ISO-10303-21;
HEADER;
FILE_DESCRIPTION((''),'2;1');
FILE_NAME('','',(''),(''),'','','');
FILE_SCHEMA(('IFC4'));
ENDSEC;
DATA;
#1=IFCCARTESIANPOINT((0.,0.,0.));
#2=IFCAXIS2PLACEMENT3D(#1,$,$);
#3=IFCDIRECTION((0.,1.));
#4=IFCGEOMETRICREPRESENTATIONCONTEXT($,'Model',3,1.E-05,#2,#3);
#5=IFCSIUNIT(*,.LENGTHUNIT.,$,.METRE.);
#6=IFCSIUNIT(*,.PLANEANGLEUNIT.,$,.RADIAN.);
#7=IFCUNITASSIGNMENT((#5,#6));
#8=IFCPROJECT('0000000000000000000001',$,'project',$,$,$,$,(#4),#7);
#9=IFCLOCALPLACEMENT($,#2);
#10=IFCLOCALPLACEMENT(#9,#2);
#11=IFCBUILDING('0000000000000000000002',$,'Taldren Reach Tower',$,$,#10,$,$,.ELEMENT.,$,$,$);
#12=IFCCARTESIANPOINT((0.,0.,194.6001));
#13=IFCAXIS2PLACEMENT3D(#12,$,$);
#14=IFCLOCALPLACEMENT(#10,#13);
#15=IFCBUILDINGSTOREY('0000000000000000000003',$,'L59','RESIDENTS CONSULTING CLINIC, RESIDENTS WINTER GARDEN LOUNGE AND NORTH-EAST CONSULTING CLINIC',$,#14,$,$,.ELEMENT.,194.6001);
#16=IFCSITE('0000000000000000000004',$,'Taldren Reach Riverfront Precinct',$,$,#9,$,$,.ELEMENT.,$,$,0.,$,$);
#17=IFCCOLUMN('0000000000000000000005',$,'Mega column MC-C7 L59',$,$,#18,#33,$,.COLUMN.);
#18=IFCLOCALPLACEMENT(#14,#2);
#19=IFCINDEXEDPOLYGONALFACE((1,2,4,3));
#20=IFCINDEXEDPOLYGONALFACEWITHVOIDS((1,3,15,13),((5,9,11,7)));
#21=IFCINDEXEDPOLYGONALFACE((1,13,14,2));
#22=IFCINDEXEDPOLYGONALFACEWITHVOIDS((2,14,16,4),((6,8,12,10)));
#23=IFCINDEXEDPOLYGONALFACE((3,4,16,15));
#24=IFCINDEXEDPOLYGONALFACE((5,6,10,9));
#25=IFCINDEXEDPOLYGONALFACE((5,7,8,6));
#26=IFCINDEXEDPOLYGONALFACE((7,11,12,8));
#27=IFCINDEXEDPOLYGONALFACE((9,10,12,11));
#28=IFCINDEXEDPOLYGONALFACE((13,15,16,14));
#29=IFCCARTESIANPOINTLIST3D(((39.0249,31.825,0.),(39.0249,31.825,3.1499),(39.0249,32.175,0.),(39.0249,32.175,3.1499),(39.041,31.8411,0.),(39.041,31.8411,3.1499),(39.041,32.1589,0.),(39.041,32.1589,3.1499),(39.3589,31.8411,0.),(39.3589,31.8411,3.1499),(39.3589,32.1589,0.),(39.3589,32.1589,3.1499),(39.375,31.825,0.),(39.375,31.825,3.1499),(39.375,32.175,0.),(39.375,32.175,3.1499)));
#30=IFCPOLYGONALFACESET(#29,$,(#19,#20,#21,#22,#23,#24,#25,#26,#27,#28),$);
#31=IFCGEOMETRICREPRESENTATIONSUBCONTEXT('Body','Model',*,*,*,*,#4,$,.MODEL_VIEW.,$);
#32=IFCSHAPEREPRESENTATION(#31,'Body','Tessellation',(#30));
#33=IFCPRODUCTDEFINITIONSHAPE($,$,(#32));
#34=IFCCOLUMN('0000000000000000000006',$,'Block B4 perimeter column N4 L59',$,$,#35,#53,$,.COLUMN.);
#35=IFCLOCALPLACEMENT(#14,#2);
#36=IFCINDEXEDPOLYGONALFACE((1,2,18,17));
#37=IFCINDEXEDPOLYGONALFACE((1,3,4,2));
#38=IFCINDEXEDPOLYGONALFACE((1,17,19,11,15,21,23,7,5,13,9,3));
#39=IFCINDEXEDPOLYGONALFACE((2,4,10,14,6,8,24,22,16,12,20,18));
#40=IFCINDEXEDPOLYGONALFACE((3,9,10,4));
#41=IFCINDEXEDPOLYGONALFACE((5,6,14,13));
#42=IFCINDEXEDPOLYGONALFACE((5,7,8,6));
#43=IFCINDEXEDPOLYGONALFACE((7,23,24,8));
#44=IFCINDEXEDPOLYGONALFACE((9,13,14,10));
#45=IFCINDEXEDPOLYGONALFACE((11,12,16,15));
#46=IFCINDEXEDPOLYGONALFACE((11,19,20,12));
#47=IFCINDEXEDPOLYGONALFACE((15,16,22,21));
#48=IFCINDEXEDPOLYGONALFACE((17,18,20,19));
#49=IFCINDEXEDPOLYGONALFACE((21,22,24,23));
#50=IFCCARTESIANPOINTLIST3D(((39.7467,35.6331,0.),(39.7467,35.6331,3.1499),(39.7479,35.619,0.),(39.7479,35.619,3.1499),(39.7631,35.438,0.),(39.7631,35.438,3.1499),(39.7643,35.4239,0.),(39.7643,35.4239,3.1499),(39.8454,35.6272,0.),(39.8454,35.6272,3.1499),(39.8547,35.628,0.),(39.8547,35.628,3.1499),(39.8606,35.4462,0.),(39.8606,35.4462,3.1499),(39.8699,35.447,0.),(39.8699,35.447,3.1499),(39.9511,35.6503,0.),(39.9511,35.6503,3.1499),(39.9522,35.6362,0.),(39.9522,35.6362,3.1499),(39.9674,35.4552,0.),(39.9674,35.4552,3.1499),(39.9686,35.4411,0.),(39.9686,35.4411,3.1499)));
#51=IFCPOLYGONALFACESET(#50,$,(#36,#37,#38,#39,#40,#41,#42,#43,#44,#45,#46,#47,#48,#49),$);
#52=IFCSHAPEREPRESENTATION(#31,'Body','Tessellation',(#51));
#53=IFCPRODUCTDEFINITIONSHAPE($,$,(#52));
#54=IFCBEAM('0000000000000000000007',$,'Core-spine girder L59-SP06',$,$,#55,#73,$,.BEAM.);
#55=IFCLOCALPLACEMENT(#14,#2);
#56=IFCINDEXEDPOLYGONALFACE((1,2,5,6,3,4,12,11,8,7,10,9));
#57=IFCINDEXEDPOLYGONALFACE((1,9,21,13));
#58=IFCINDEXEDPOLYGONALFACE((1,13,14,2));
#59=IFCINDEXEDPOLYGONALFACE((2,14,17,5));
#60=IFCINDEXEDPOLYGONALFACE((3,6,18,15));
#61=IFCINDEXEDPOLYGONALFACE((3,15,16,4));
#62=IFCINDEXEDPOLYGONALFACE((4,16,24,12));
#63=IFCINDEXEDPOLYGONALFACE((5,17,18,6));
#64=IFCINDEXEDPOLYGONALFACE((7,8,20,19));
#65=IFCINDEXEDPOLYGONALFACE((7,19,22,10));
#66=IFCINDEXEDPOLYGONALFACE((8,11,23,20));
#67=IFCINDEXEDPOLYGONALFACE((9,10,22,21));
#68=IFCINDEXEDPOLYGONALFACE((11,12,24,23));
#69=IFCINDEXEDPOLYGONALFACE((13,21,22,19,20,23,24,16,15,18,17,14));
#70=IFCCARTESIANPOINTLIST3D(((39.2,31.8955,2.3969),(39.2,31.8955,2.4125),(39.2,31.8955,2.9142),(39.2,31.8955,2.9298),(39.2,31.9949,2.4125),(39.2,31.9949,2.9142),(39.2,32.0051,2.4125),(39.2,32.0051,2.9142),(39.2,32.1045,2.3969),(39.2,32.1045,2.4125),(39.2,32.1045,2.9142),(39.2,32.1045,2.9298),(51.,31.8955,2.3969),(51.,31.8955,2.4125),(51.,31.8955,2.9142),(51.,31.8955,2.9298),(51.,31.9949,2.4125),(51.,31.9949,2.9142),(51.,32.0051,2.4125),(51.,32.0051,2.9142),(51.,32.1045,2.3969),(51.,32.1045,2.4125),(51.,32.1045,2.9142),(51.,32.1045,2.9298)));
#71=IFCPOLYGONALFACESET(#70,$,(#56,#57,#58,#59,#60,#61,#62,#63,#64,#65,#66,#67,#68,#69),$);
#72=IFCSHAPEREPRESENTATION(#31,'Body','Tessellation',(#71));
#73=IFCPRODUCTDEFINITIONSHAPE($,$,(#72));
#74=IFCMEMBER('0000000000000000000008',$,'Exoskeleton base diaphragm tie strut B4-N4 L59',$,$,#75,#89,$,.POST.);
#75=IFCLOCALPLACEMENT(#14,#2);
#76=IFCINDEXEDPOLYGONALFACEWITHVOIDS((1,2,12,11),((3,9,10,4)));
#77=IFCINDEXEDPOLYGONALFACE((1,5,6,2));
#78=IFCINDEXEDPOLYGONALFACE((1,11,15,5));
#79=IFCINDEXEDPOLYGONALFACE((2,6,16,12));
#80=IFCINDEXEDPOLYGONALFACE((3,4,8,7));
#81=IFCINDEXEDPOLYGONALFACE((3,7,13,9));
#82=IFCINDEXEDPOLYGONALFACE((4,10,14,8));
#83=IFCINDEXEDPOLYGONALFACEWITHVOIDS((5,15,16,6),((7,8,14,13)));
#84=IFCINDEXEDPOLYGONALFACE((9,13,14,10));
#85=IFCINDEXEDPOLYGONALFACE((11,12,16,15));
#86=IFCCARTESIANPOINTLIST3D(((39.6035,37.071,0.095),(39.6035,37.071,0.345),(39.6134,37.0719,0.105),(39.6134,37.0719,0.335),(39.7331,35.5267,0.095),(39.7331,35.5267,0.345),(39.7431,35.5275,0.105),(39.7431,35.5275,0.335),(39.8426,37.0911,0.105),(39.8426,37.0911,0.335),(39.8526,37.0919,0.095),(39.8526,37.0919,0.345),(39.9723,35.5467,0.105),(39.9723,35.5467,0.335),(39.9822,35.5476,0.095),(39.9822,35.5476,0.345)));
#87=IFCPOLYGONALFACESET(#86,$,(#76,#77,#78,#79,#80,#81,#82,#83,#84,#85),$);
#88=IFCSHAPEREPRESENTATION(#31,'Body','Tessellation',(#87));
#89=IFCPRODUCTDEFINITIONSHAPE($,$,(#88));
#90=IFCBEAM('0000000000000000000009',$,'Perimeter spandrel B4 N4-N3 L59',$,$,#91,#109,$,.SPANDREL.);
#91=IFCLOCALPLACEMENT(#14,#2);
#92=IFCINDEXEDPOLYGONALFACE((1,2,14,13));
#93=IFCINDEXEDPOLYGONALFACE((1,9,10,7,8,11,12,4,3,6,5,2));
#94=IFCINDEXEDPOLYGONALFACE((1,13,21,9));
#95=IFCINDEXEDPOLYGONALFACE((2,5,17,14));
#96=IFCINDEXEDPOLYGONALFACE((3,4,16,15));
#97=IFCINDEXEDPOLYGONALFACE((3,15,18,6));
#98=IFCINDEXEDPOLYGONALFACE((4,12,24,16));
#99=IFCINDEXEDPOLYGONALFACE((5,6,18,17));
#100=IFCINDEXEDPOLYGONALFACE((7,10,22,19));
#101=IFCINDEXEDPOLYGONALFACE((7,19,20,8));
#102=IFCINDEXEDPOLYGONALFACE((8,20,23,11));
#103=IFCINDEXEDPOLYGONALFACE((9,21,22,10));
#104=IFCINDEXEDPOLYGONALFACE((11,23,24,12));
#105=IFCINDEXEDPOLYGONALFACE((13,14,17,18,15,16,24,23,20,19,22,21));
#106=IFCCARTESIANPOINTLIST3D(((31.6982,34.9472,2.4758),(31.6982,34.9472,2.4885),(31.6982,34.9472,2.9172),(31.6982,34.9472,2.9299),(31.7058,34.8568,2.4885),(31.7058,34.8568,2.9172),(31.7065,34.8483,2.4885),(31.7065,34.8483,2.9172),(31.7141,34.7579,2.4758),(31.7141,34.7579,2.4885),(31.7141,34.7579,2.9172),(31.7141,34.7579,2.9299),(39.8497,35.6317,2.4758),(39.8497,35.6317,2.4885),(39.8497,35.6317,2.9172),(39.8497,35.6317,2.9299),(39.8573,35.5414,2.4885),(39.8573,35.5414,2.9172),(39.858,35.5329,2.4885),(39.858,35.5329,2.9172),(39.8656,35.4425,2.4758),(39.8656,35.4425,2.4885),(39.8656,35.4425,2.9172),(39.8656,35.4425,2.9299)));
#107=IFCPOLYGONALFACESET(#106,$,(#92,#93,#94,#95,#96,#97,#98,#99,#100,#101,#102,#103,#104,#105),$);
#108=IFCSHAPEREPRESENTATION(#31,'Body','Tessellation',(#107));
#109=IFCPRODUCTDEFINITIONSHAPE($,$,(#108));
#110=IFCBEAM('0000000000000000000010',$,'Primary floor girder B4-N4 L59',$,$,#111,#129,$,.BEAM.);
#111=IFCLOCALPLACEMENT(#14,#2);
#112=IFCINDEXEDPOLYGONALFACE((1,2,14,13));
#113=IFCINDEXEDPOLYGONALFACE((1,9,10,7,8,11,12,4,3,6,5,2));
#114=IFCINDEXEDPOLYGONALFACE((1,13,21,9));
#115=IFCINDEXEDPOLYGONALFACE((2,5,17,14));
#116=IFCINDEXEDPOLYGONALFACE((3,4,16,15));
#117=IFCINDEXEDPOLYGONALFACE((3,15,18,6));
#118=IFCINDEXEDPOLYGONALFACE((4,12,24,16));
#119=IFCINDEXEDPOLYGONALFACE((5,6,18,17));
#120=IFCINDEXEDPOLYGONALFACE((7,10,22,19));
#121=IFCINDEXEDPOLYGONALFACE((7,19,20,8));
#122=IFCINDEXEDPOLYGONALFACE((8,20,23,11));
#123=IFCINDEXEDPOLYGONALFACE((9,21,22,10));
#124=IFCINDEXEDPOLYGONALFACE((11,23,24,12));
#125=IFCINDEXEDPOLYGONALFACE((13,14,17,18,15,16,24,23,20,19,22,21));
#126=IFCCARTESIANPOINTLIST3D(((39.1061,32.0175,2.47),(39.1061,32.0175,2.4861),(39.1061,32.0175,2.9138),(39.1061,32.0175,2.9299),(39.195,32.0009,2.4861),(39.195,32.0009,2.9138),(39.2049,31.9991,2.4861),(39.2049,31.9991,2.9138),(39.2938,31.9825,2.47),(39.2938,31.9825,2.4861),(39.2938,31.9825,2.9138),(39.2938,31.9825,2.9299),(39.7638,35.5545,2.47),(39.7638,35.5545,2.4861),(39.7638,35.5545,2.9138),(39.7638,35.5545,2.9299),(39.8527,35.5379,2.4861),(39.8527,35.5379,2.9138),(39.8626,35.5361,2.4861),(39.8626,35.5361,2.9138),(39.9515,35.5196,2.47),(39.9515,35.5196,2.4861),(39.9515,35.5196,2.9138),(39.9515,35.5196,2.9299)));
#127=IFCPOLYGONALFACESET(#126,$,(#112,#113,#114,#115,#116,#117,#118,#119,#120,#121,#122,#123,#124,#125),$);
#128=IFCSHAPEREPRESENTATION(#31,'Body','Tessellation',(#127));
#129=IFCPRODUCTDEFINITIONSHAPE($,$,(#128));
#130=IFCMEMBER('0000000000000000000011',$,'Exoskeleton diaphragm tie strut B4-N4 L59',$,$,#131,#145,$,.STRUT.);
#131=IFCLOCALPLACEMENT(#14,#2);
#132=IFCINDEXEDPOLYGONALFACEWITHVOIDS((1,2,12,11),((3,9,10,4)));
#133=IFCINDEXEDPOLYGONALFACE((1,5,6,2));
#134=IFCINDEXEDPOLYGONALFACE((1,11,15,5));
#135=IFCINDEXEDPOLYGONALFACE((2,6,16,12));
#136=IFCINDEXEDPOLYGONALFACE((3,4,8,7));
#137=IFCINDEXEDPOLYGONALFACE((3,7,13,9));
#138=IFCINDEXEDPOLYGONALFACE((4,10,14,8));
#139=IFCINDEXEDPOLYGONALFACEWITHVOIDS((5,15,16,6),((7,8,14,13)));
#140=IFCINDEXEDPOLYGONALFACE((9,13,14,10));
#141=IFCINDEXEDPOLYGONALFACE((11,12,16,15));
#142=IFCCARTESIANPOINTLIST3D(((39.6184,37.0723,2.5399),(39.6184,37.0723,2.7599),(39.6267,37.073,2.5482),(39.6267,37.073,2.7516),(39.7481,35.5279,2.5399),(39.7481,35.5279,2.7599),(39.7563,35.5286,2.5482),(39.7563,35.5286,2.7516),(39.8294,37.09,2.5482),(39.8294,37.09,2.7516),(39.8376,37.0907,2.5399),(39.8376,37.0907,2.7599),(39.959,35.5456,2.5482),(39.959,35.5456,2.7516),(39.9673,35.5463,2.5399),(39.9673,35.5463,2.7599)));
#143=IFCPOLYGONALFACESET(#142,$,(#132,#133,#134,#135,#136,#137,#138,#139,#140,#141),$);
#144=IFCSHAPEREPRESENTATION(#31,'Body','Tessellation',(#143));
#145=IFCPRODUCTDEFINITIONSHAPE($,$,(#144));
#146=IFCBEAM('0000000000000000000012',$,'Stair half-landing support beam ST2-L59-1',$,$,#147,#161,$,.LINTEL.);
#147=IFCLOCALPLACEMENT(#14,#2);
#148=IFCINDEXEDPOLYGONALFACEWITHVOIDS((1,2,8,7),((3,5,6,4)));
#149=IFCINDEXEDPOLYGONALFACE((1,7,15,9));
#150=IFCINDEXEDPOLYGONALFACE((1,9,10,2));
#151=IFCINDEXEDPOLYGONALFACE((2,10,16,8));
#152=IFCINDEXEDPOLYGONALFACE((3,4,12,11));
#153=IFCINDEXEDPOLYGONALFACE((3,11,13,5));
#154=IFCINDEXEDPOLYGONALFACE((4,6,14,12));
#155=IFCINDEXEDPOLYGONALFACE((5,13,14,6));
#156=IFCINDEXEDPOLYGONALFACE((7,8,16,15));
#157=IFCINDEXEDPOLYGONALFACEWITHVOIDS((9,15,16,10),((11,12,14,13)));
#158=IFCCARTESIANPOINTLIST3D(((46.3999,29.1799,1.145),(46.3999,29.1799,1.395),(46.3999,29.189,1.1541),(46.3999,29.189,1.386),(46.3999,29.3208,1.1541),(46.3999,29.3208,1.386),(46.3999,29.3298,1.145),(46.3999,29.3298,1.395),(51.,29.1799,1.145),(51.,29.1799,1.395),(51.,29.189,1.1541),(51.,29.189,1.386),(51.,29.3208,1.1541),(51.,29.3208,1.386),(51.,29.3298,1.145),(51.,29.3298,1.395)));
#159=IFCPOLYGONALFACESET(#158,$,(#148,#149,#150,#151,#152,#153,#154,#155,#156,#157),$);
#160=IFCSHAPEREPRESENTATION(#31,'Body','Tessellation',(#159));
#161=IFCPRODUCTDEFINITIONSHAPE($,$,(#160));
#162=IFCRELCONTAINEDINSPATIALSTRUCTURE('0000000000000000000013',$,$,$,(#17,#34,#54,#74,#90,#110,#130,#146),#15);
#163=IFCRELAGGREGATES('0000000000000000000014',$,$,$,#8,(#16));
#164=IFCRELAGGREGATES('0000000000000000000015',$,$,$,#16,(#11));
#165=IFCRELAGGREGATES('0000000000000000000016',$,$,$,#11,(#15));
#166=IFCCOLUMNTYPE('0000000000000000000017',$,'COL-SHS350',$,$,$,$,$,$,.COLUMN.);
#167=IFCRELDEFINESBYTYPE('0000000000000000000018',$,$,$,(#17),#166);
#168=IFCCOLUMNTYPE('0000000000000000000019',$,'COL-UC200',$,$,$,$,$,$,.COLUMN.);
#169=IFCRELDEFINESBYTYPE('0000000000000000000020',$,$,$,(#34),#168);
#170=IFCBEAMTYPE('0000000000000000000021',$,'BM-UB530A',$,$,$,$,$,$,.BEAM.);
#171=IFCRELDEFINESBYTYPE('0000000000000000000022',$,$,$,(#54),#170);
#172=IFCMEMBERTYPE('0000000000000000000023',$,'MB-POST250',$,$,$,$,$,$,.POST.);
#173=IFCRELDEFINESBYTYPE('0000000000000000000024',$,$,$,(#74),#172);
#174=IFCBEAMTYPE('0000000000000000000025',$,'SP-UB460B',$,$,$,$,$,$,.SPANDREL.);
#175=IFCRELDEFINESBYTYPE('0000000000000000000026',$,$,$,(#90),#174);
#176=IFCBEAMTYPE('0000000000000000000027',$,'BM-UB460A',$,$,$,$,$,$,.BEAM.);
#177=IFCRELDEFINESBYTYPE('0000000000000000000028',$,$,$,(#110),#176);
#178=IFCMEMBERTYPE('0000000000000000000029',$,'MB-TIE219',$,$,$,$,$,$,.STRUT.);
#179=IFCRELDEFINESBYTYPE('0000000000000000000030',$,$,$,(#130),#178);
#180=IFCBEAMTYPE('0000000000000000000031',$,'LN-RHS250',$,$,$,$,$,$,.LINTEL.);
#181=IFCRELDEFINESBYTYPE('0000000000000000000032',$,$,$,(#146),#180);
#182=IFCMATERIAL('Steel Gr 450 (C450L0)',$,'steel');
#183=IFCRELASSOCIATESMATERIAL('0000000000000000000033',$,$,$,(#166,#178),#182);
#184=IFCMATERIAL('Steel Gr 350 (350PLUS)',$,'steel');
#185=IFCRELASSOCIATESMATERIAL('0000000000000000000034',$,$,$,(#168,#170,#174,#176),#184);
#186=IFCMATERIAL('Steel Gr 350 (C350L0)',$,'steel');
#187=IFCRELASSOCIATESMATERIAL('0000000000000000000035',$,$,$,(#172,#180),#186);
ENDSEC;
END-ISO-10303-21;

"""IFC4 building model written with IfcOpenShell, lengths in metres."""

from ifc_helpers import new_model, si_unit, direction, frame, origin, origin_2d, place, context, subcontext, project, spatial, hollow_rectangle, i_section, extrude, source, transform, mapped, material, material_profile, profile_set, type_object, element, save


model = new_model("IFC4")

# Units and contexts
model_context = context("Model", 3, precision=1e-05, world=origin(), true_north=direction((0.0, 1.0)))
body_context = subcontext(model_context, "Body", "Model", "MODEL_VIEW")
ifc_project = project(units=[si_unit("LENGTHUNIT", "METRE"), si_unit("PLANEANGLEUNIT", "RADIAN")], contexts=[model_context])

# Site, building, storey
site_placement = place(None, origin())
site = spatial("IfcSite", under=ifc_project, at=site_placement, Name="Taldren Reach Riverfront Precinct", CompositionType="ELEMENT", RefElevation=0.0)
building_placement = place(site_placement, origin())
building = spatial("IfcBuilding", under=site, at=building_placement, Name="Taldren Reach Tower", CompositionType="ELEMENT")
storey_placement = place(building_placement, frame((0.0, 0.0, 194.6001)))
storey = spatial("IfcBuildingStorey", under=building, at=storey_placement, Name="L59", Description="RESIDENTS CONSULTING CLINIC, RESIDENTS WINTER GARDEN LOUNGE AND NORTH-EAST CONSULTING CLINIC", CompositionType="ELEMENT", Elevation=194.6001)

# Columns
ifc_material_1 = material(Name="Steel Gr 450 (C450L0)", Category="steel")
ifc_material_profile_1 = material_profile(ifc_material_1, hollow_rectangle(XDim=0.3501, YDim=0.3501, WallThickness=0.0161, at=origin_2d()), Name="350x350x16.0SHS")
ifc_profile_set_1 = profile_set([ifc_material_profile_1], Name="Steel Gr 450 (C450L0)")
column_type_1 = type_object("IfcColumnType", Name="COL-SHS350", PredefinedType="COLUMN", material=ifc_profile_set_1)
shared_shape_1 = source(origin(), body_context, "Body", "SweptSolid", [
    extrude(hollow_rectangle(XDim=0.3501, YDim=0.3501, WallThickness=0.0161, at=origin_2d()), origin(), (0.0, 0.0, 1.0), 3.1499),
])
column_1_placement = place(storey_placement, frame((39.2, 32.0, 0.0), z_axis=(0.0, 0.0, 1.0), x_axis=(1.0, 0.0, 0.0)))
element("IfcColumn", 1, at=column_1_placement, inside=storey, type_object=column_type_1, Name="Mega column MC-C7 L59", PredefinedType="COLUMN", context=body_context, shape_type="MappedRepresentation", body=[
    mapped(shared_shape_1, transform((0.0, 0.0, 0.0), scale=1.0)),
])
ifc_material_2 = material(Name="Steel Gr 350 (350PLUS)", Category="steel")
ifc_material_profile_2 = material_profile(ifc_material_2, i_section(OverallWidth=0.2051, OverallDepth=0.21, WebThickness=0.0093, FlangeThickness=0.0142, at=origin_2d()), Name="200UC59.5")
ifc_profile_set_2 = profile_set([ifc_material_profile_2], Name="Steel Gr 350 (350PLUS)")
column_type_2 = type_object("IfcColumnType", Name="COL-UC200", PredefinedType="COLUMN", material=ifc_profile_set_2)
shared_shape_2 = source(origin(), body_context, "Body", "SweptSolid", [
    extrude(i_section(OverallWidth=0.2051, OverallDepth=0.21, WebThickness=0.0093, FlangeThickness=0.0142, at=origin_2d()), origin(), (0.0, 0.0, 1.0), 3.1499),
])
column_2_placement = place(storey_placement, frame((39.8577, 35.5371, 0.0), z_axis=(0.0, 0.0, 1.0), x_axis=(0.996493, 0.083678, 0.0)))
element("IfcColumn", 2, at=column_2_placement, inside=storey, type_object=column_type_2, Name="Block B4 perimeter column N4 L59", PredefinedType="COLUMN", context=body_context, shape_type="MappedRepresentation", body=[
    mapped(shared_shape_2, transform((0.0, 0.0, 0.0), scale=1.0)),
])

# Beam
ifc_material_profile_3 = material_profile(ifc_material_2, i_section(OverallWidth=0.209, OverallDepth=0.533, WebThickness=0.0103, FlangeThickness=0.0156, at=origin_2d()), Name="530UB92.4")
ifc_profile_set_3 = profile_set([ifc_material_profile_3], Name="Steel Gr 350 (350PLUS)")
beam_type_1 = type_object("IfcBeamType", Name="BM-UB530A", PredefinedType="BEAM", material=ifc_profile_set_3)
shared_shape_3 = source(origin(), body_context, "Body", "SweptSolid", [
    extrude(i_section(OverallWidth=0.209, OverallDepth=0.533, WebThickness=0.0103, FlangeThickness=0.0156, at=origin_2d()), origin(), (0.0, 0.0, 1.0), 11.8),
])
beam_1_placement = place(storey_placement, frame((39.2, 32.0, 2.6633), z_axis=(1.0, 0.0, 0.0), x_axis=(0.0, 1.0, 0.0)))
element("IfcBeam", 3, at=beam_1_placement, inside=storey, type_object=beam_type_1, Name="Core-spine girder L59-SP06", PredefinedType="BEAM", context=body_context, shape_type="MappedRepresentation", body=[
    mapped(shared_shape_3, transform((0.0, 0.0, 0.0), scale=1.0)),
])

# Member
ifc_material_3 = material(Name="Steel Gr 350 (C350L0)", Category="steel")
ifc_material_profile_4 = material_profile(ifc_material_3, hollow_rectangle(XDim=0.25, YDim=0.25, WallThickness=0.01, at=origin_2d()), Name="250x250x10.0SHS")
ifc_profile_set_4 = profile_set([ifc_material_profile_4], Name="Steel Gr 350 (C350L0)")
member_type_1 = type_object("IfcMemberType", Name="MB-POST250", PredefinedType="POST", material=ifc_profile_set_4)
shared_shape_4 = source(origin(), body_context, "Body", "SweptSolid", [
    extrude(hollow_rectangle(XDim=0.25, YDim=0.25, WallThickness=0.01, at=origin_2d()), origin(), (0.0, 0.0, 1.0), 1.5498),
])
member_1_placement = place(storey_placement, frame((39.8577, 35.5371, 0.22), z_axis=(-0.083645, 0.996496, 0.0), x_axis=(-0.996496, -0.083645, 0.0)))
element("IfcMember", 4, at=member_1_placement, inside=storey, type_object=member_type_1, Name="Exoskeleton base diaphragm tie strut B4-N4 L59", PredefinedType="POST", context=body_context, shape_type="MappedRepresentation", body=[
    mapped(shared_shape_4, transform((0.0, 0.0, 0.0), scale=1.0)),
])

# Beams
ifc_material_profile_5 = material_profile(ifc_material_2, i_section(OverallWidth=0.1899, OverallDepth=0.4541, WebThickness=0.0085, FlangeThickness=0.0127, at=origin_2d()), Name="460UB67.1")
ifc_profile_set_5 = profile_set([ifc_material_profile_5], Name="Steel Gr 350 (350PLUS)")
beam_type_2 = type_object("IfcBeamType", Name="SP-UB460B", PredefinedType="SPANDREL", material=ifc_profile_set_5)
shared_shape_5 = source(origin(), body_context, "Body", "SweptSolid", [
    extrude(i_section(OverallWidth=0.1899, OverallDepth=0.4541, WebThickness=0.0085, FlangeThickness=0.0127, at=origin_2d()), origin(), (0.0, 0.0, 1.0), 8.1802),
])
beam_2_placement = place(storey_placement, frame((39.8577, 35.5371, 2.7029), z_axis=(-0.996492, -0.083688, 0.0), x_axis=(0.083688, -0.996492, 0.0)))
element("IfcBeam", 5, at=beam_2_placement, inside=storey, type_object=beam_type_2, Name="Perimeter spandrel B4 N4-N3 L59", PredefinedType="SPANDREL", context=body_context, shape_type="MappedRepresentation", body=[
    mapped(shared_shape_5, transform((0.0, 0.0, 0.0), scale=1.0)),
])
ifc_material_profile_6 = material_profile(ifc_material_2, i_section(OverallWidth=0.1909, OverallDepth=0.46, WebThickness=0.01, FlangeThickness=0.0161, at=origin_2d()), Name="460UB82.1")
ifc_profile_set_6 = profile_set([ifc_material_profile_6], Name="Steel Gr 350 (350PLUS)")
beam_type_3 = type_object("IfcBeamType", Name="BM-UB460A", PredefinedType="BEAM", material=ifc_profile_set_6)
shared_shape_6 = source(origin(), body_context, "Body", "SweptSolid", [
    extrude(i_section(OverallWidth=0.1909, OverallDepth=0.46, WebThickness=0.01, FlangeThickness=0.0161, at=origin_2d()), origin(), (0.0, 0.0, 1.0), 3.5977),
])
beam_3_placement = place(storey_placement, frame((39.2, 32.0, 2.7), z_axis=(0.182813, 0.983148, 0.0), x_axis=(-0.983148, 0.182813, 0.0)))
element("IfcBeam", 6, at=beam_3_placement, inside=storey, type_object=beam_type_3, Name="Primary floor girder B4-N4 L59", PredefinedType="BEAM", context=body_context, shape_type="MappedRepresentation", body=[
    mapped(shared_shape_6, transform((0.0, 0.0, 0.0), scale=1.0)),
])

# Member
ifc_material_profile_7 = material_profile(ifc_material_1, hollow_rectangle(XDim=0.22, YDim=0.22, WallThickness=0.0083, at=origin_2d()), Name="220x220x8.2SHS")
ifc_profile_set_7 = profile_set([ifc_material_profile_7], Name="Steel Gr 450 (C450L0)")
member_type_2 = type_object("IfcMemberType", Name="MB-TIE219", PredefinedType="STRUT", material=ifc_profile_set_7)
shared_shape_7 = source(origin(), body_context, "Body", "SweptSolid", [
    extrude(hollow_rectangle(XDim=0.22, YDim=0.22, WallThickness=0.0083, at=origin_2d()), origin(), (0.0, 0.0, 1.0), 1.5498),
])
member_2_placement = place(storey_placement, frame((39.8577, 35.5371, 2.6499), z_axis=(-0.083645, 0.996496, 0.0), x_axis=(-0.996496, -0.083645, 0.0)))
element("IfcMember", 7, at=member_2_placement, inside=storey, type_object=member_type_2, Name="Exoskeleton diaphragm tie strut B4-N4 L59", PredefinedType="STRUT", context=body_context, shape_type="MappedRepresentation", body=[
    mapped(shared_shape_7, transform((0.0, 0.0, 0.0), scale=1.0)),
])

# Beam
ifc_material_profile_8 = material_profile(ifc_material_3, hollow_rectangle(XDim=0.1499, YDim=0.25, WallThickness=0.009, at=origin_2d()), Name="250x150x9.0RHS")
ifc_profile_set_8 = profile_set([ifc_material_profile_8], Name="Steel Gr 350 (C350L0)")
beam_type_4 = type_object("IfcBeamType", Name="LN-RHS250", PredefinedType="LINTEL", material=ifc_profile_set_8)
shared_shape_8 = source(origin(), body_context, "Body", "SweptSolid", [
    extrude(hollow_rectangle(XDim=0.1499, YDim=0.25, WallThickness=0.009, at=origin_2d()), origin(), (0.0, 0.0, 1.0), 4.6001),
])
for number, where, z_axis, x_axis, name in (
    (8, (46.3999, 29.2549, 1.27), (1.0, 0.0, 0.0), (0.0, 1.0, 0.0), "Stair half-landing support beam ST2-L59-1"),
):
    element("IfcBeam", number, at=place(storey_placement, frame(where, z_axis=z_axis, x_axis=x_axis)), inside=storey, type_object=beam_type_4, Name=name, PredefinedType="LINTEL", context=body_context, shape_type="MappedRepresentation", body=[
        mapped(shared_shape_8, transform((0.0, 0.0, 0.0), scale=1.0)),
    ])

save(model, "model.ifc")
